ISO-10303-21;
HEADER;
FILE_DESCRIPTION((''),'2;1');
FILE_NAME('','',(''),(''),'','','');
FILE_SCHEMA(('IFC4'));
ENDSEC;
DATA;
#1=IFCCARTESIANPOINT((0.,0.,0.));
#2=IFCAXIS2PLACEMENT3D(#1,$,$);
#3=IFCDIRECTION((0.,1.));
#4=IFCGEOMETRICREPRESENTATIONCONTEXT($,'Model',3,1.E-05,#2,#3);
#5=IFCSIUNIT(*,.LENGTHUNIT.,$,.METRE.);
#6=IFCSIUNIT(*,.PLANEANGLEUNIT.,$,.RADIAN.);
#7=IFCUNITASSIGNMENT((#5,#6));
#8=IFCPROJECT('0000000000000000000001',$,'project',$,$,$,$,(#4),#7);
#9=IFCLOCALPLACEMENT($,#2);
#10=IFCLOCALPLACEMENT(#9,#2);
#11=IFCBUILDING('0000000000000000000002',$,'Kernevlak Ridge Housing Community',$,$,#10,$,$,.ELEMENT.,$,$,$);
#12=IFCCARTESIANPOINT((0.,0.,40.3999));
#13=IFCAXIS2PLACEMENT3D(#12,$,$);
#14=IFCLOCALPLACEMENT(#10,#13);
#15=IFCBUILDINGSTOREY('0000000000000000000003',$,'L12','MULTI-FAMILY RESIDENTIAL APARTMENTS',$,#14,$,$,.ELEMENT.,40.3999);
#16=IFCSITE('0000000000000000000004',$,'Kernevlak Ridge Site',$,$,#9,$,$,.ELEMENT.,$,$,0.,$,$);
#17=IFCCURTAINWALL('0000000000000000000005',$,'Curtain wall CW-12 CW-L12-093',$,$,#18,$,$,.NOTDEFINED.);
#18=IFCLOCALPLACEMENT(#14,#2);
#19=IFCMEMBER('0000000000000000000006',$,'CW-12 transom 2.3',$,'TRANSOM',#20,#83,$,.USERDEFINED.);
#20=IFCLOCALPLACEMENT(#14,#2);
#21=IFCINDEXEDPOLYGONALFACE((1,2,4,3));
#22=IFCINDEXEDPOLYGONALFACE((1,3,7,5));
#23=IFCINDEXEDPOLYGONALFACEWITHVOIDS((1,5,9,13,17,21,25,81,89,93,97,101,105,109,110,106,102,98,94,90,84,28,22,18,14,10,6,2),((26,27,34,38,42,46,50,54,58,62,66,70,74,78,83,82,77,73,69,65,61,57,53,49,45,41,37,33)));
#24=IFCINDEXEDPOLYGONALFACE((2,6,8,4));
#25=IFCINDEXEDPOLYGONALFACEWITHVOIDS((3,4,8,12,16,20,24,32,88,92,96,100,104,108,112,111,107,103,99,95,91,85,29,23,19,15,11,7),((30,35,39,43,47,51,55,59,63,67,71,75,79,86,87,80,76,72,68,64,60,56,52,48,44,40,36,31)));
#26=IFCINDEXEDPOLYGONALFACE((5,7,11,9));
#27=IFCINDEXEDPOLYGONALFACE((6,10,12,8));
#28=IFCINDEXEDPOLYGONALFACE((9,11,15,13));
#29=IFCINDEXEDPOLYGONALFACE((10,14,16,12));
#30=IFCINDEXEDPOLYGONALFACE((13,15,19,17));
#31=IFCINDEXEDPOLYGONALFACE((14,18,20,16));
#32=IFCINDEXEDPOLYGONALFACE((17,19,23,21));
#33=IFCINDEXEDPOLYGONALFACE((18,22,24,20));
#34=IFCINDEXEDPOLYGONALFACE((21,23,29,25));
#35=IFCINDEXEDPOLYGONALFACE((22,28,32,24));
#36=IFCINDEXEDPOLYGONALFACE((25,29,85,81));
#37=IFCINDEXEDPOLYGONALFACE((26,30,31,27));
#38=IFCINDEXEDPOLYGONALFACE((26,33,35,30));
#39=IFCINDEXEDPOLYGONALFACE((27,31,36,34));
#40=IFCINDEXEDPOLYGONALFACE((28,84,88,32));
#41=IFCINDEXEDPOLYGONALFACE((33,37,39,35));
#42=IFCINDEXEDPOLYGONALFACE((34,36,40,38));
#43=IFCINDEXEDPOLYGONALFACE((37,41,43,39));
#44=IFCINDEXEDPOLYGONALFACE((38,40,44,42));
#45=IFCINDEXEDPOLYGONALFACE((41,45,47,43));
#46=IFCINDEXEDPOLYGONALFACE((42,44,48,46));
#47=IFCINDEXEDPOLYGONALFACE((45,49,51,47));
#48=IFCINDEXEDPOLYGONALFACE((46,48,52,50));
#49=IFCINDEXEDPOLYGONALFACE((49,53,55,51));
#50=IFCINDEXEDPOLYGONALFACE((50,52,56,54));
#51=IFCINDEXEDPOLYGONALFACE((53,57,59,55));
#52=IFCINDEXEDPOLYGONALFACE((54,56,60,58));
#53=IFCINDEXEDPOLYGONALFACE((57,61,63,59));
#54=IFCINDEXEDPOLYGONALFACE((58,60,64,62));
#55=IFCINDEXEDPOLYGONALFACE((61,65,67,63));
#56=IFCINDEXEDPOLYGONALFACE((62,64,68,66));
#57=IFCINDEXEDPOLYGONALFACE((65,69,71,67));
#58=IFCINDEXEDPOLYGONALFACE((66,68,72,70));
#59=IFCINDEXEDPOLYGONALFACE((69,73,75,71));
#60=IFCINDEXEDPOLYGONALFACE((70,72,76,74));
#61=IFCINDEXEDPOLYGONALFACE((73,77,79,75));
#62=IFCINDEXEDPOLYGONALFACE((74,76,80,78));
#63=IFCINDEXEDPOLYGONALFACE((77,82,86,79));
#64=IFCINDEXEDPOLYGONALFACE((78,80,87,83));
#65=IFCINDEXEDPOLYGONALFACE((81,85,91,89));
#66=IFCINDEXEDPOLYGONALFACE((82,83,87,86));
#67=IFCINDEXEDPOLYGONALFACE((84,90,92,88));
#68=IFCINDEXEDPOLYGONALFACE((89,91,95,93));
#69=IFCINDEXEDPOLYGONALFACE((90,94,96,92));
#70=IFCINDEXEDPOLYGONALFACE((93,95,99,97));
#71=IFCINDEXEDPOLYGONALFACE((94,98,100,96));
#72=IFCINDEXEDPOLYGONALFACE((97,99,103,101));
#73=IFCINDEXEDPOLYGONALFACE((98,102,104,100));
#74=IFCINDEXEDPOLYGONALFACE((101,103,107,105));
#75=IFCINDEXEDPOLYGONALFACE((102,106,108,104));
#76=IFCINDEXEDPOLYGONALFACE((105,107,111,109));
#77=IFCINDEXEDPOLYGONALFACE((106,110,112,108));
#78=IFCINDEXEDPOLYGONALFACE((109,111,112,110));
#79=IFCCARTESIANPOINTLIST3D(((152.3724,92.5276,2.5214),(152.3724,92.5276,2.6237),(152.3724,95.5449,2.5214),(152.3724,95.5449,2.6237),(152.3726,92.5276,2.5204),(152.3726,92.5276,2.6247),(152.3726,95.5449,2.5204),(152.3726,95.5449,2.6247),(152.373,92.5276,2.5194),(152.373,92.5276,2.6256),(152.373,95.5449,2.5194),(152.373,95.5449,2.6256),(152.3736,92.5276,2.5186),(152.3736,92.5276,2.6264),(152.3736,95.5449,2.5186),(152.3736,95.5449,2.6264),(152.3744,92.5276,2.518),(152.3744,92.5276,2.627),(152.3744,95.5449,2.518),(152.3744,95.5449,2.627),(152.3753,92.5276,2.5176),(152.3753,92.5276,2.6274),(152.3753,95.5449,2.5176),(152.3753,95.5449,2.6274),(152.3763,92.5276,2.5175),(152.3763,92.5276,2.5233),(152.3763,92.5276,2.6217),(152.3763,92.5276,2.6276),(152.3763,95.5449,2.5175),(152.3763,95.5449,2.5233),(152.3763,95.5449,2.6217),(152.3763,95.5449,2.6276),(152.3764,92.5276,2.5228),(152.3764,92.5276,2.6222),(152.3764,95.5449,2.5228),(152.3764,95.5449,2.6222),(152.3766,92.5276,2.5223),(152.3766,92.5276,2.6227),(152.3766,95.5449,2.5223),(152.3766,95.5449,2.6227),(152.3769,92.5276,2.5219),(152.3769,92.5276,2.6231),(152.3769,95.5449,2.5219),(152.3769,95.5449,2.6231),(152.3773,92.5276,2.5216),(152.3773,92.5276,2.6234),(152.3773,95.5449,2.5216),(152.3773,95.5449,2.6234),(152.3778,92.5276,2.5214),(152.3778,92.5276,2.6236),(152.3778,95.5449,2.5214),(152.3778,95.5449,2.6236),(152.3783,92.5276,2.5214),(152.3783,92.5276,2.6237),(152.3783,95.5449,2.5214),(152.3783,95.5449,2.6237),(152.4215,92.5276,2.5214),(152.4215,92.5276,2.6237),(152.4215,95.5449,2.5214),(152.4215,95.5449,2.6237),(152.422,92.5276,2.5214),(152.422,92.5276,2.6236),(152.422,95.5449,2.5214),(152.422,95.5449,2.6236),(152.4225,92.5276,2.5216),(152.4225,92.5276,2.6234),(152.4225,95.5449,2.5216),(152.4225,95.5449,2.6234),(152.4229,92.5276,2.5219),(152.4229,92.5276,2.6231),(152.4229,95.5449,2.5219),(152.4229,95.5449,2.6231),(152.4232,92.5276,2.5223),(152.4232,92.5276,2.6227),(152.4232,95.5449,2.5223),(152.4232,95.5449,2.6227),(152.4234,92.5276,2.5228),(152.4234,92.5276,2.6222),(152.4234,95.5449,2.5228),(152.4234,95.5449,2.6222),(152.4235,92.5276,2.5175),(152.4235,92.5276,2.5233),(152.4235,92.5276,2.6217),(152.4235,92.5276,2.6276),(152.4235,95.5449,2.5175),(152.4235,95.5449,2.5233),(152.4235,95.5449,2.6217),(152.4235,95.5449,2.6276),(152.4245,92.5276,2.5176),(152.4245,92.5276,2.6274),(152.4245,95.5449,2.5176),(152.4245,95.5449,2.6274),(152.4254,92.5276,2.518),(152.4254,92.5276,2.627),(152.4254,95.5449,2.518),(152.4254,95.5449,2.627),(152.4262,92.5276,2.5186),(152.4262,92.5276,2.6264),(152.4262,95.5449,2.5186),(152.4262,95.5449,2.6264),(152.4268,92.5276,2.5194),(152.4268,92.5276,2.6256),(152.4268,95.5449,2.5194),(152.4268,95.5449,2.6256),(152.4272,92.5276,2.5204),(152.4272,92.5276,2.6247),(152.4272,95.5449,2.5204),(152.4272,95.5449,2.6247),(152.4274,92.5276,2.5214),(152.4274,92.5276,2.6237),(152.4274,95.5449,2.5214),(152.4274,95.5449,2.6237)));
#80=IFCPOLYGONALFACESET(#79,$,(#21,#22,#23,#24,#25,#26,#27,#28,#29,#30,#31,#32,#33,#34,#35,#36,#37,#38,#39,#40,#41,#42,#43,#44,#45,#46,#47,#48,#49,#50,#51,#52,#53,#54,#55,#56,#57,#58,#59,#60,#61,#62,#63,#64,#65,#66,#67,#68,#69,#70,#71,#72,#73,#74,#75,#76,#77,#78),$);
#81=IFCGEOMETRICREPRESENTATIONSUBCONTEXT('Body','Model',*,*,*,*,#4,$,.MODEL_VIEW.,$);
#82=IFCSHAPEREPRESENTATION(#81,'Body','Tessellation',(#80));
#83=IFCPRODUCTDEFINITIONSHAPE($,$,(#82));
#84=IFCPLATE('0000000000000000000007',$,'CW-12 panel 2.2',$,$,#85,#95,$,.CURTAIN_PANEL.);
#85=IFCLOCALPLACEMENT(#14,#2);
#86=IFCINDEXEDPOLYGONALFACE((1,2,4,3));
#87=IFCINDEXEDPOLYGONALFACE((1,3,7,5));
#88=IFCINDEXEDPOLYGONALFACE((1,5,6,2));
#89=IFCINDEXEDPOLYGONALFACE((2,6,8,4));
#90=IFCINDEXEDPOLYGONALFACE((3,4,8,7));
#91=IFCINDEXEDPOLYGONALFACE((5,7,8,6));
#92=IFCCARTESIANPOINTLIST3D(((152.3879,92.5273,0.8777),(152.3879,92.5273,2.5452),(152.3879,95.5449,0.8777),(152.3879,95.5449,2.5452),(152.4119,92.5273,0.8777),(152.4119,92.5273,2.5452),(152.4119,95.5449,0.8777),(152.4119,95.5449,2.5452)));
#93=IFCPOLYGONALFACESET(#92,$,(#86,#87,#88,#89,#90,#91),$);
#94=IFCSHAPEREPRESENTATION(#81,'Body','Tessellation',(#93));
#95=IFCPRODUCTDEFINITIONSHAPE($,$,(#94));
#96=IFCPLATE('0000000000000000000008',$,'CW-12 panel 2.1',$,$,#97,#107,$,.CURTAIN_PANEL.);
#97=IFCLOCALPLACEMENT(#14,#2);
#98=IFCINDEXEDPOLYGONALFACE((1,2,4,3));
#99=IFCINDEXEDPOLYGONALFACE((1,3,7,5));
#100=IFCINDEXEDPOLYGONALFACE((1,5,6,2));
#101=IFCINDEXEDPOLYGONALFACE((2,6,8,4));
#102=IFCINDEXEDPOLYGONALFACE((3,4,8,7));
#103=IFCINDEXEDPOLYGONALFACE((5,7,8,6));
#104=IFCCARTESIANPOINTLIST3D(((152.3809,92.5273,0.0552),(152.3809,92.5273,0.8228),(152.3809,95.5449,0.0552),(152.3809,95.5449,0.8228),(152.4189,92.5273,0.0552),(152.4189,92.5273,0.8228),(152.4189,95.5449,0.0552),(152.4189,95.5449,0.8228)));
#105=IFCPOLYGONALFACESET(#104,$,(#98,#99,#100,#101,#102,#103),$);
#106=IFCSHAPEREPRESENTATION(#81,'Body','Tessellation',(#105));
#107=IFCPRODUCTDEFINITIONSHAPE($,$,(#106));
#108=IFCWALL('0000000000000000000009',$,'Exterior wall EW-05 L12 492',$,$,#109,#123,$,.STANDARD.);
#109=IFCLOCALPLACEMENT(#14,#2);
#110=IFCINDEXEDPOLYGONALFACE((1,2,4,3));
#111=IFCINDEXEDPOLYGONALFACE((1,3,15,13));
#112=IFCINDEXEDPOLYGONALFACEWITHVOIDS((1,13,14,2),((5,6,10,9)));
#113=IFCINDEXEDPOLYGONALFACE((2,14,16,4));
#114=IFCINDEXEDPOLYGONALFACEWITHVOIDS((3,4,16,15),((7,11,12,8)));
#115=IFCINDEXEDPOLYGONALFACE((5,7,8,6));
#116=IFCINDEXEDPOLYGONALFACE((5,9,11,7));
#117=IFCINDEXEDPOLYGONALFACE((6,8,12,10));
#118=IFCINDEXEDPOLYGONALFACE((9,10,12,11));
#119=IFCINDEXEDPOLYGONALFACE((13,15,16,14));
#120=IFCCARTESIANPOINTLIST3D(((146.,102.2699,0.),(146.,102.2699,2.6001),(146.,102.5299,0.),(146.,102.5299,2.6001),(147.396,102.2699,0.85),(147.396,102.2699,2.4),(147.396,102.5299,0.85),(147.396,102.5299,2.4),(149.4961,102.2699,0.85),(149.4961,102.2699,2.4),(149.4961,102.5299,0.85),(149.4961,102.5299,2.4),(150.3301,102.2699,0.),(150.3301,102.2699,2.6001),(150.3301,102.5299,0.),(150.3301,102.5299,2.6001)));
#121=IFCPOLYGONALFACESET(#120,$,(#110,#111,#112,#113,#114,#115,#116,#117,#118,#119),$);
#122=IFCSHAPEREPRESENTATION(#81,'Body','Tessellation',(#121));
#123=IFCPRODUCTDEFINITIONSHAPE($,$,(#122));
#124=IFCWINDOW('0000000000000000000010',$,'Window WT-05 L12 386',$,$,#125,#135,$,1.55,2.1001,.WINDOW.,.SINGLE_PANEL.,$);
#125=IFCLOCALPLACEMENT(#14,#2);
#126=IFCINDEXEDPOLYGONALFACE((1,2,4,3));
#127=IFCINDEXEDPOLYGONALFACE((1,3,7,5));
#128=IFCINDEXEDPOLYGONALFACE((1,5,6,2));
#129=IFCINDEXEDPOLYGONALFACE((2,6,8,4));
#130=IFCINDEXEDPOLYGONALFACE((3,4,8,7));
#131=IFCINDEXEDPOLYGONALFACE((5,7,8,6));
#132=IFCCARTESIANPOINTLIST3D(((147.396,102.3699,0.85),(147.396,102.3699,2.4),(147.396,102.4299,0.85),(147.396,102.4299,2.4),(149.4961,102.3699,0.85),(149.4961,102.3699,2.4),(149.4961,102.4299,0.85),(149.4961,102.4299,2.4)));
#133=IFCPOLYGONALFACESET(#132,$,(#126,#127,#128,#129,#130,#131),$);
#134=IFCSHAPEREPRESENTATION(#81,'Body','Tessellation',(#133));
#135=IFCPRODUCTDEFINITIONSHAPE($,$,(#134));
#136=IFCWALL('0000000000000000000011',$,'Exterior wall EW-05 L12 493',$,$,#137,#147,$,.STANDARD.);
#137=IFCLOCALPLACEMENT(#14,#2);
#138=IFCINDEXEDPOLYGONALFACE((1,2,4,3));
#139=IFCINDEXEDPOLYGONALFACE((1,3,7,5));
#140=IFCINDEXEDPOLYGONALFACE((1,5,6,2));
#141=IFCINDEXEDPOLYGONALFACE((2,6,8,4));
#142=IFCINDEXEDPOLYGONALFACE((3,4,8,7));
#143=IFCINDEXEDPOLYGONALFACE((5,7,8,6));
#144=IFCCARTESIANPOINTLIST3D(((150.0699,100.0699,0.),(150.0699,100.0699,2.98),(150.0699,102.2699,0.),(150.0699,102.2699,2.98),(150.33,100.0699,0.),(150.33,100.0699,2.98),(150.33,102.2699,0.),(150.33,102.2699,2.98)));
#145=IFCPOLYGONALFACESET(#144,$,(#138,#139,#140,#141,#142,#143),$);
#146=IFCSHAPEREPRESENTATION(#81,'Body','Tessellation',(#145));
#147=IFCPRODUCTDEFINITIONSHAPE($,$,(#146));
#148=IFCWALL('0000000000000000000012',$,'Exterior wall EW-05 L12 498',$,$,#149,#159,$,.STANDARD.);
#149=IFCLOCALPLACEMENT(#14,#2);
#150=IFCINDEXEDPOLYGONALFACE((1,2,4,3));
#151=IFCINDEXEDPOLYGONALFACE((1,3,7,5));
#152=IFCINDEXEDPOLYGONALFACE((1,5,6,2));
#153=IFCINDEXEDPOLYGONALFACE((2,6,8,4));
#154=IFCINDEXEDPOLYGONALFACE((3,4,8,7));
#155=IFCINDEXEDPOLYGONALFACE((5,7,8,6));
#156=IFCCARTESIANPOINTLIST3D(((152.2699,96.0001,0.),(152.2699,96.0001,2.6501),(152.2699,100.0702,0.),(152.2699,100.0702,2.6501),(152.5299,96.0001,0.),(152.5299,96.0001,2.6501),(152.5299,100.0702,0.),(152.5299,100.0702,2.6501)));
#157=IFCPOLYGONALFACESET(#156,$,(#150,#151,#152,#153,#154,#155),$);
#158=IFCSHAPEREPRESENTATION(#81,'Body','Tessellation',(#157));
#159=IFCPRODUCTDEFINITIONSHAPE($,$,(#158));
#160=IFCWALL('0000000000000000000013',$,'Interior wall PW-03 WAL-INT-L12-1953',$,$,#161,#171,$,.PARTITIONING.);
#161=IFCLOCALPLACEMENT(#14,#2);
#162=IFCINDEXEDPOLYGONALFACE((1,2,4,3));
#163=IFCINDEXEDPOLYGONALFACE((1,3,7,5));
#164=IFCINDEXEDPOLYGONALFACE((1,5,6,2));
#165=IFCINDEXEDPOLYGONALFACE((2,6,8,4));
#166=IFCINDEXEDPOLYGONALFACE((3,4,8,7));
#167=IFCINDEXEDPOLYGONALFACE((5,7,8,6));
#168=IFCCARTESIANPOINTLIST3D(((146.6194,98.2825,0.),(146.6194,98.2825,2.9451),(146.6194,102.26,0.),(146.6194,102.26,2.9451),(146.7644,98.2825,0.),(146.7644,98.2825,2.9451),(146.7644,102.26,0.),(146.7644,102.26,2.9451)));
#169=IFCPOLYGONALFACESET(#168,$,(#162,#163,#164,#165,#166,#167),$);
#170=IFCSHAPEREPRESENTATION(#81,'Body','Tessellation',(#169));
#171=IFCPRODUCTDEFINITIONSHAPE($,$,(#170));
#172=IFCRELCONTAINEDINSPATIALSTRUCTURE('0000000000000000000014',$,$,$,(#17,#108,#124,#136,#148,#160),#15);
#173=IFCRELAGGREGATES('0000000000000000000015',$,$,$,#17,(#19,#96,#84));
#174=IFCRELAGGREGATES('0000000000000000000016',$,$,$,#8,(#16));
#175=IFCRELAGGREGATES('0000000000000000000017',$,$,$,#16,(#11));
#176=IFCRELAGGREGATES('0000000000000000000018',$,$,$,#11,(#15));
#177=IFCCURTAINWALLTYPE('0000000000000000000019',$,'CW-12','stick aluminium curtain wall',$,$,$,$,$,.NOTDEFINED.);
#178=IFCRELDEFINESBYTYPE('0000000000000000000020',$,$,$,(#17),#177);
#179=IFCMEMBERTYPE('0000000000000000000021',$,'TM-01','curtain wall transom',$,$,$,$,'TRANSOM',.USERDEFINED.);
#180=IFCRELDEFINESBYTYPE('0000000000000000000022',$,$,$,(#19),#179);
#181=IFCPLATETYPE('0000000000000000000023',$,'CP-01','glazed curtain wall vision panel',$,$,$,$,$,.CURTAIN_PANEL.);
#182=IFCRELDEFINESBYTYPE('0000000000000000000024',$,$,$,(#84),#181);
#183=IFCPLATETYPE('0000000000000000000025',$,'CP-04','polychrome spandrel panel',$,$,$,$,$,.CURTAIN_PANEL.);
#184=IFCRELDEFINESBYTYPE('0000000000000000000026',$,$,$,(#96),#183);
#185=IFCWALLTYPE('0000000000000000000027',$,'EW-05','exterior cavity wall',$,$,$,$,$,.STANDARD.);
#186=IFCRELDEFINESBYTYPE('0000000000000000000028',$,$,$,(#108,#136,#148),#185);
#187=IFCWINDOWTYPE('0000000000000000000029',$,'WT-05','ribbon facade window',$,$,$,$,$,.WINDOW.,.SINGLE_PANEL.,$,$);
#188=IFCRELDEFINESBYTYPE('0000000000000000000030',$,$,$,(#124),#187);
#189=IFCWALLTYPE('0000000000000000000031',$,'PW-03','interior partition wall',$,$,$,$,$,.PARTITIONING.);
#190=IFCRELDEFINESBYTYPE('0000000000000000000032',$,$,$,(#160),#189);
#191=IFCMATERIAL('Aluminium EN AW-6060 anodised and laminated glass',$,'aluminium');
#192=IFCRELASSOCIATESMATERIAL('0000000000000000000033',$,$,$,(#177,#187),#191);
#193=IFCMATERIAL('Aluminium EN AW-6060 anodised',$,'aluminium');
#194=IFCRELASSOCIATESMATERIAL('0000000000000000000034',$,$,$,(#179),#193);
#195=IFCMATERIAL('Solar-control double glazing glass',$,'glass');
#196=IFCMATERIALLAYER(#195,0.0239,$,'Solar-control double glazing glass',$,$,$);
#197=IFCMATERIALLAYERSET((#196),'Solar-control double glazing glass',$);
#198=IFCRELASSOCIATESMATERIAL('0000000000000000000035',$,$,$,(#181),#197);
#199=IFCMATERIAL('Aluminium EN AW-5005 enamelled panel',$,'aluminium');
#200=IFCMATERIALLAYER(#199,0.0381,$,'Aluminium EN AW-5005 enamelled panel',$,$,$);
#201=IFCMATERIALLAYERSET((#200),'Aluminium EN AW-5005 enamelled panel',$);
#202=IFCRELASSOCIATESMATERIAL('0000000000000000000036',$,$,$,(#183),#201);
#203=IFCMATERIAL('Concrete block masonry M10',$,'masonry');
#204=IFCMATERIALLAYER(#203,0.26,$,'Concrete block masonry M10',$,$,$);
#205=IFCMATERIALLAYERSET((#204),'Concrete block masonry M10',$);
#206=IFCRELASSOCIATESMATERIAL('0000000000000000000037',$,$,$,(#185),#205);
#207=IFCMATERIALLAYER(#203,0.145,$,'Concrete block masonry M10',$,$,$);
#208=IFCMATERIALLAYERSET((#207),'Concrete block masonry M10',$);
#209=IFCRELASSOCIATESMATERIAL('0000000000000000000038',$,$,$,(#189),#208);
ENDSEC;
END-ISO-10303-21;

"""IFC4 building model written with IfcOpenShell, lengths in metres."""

from ifc_helpers import new_model, si_unit, direction, frame, frame_2d, origin, origin_2d, place, context, subcontext, project, spatial, rectangle, hollow_rectangle, extrude, material, layer, layer_set, material_profile, profile_set, type_object, element, fill, aggregate, save


model = new_model("IFC4")

# Units and contexts
model_context = context("Model", 3, precision=1e-05, world=origin(), true_north=direction((0.0, 1.0)))
body_context = subcontext(model_context, "Body", "Model", "MODEL_VIEW")
ifc_project = project(units=[si_unit("LENGTHUNIT", "METRE"), si_unit("PLANEANGLEUNIT", "RADIAN")], contexts=[model_context])

# Site, building, storey
site_placement = place(None, origin())
site = spatial("IfcSite", under=ifc_project, at=site_placement, Name="Kernevlak Ridge Site", CompositionType="ELEMENT", RefElevation=0.0)
building_placement = place(site_placement, origin())
building = spatial("IfcBuilding", under=site, at=building_placement, Name="Kernevlak Ridge Housing Community", CompositionType="ELEMENT")
storey_placement = place(building_placement, frame((0.0, 0.0, 40.3999)))
storey = spatial("IfcBuildingStorey", under=building, at=storey_placement, Name="L12", Description="MULTI-FAMILY RESIDENTIAL APARTMENTS", CompositionType="ELEMENT", Elevation=40.3999)

# Curtain wall
ifc_material_1 = material(Name="Aluminium EN AW-6060 anodised and laminated glass", Category="aluminium")
curtain_wall_type = type_object("IfcCurtainWallType", Name="CW-12", Description="stick aluminium curtain wall", PredefinedType="NOTDEFINED", material=ifc_material_1)
curtain_wall_placement = place(storey_placement, origin())
curtain_wall = element("IfcCurtainWall", 1, at=curtain_wall_placement, inside=storey, type_object=curtain_wall_type, Name="Curtain wall CW-12 CW-L12-093", PredefinedType="NOTDEFINED")
ifc_material_2 = material(Name="Aluminium EN AW-6060 anodised", Category="aluminium")

# Member
ifc_material_profile_1 = material_profile(ifc_material_2, hollow_rectangle(XDim=0.0549, YDim=0.1101, WallThickness=0.0039, InnerFilletRadius=0.002, OuterFilletRadius=0.0039, at=origin_2d()), Name="ALU 55x110x4")
ifc_profile_set_1 = profile_set([ifc_material_profile_1], Name="Aluminium EN AW-6060 anodised")
member_type_1 = type_object("IfcMemberType", Name="TM-01", Description="curtain wall transom", ElementType="TRANSOM", PredefinedType="USERDEFINED", material=ifc_profile_set_1)
member_1_placement = place(storey_placement, frame((152.3999, 92.5276, 2.5725), z_axis=(0.0, 1.0, 0.0), x_axis=(-1.0, 0.0, 0.0)))
member_1 = element("IfcMember", 2, at=member_1_placement, type_object=member_type_1, Name="CW-12 transom 2.3", ObjectType="TRANSOM", PredefinedType="USERDEFINED", context=body_context, shape_type="SweptSolid", body=[
    extrude(hollow_rectangle(XDim=0.0549, YDim=0.1101, WallThickness=0.0039, InnerFilletRadius=0.002, OuterFilletRadius=0.0039, at=origin_2d()), origin(), (0.0, 0.0, 1.0), 3.0173),
])

# Plates
ifc_material_3 = material(Name="Solar-control double glazing glass", Category="glass")
ifc_layer_1 = layer(ifc_material_3, 0.0239, Name="Solar-control double glazing glass")
ifc_layer_set_1 = layer_set([ifc_layer_1], Name="Solar-control double glazing glass")
plate_type_1 = type_object("IfcPlateType", Name="CP-01", Description="glazed curtain wall vision panel", PredefinedType="CURTAIN_PANEL", material=ifc_layer_set_1)
plate_1_placement = place(storey_placement, frame((152.3999, 94.0361, 0.8777), z_axis=(0.0, 0.0, 1.0), x_axis=(0.0, 1.0, 0.0)))
plate_1 = element("IfcPlate", 3, at=plate_1_placement, type_object=plate_type_1, Name="CW-12 panel 2.2", PredefinedType="CURTAIN_PANEL", context=body_context, shape_type="SweptSolid", body=[
    extrude(rectangle(XDim=3.0176, YDim=0.0239, at=origin_2d()), origin(), (0.0, 0.0, 1.0), 1.6675),
])
ifc_material_4 = material(Name="Aluminium EN AW-5005 enamelled panel", Category="aluminium")
ifc_layer_2 = layer(ifc_material_4, 0.0381, Name="Aluminium EN AW-5005 enamelled panel")
ifc_layer_set_2 = layer_set([ifc_layer_2], Name="Aluminium EN AW-5005 enamelled panel")
plate_type_2 = type_object("IfcPlateType", Name="CP-04", Description="polychrome spandrel panel", PredefinedType="CURTAIN_PANEL", material=ifc_layer_set_2)
plate_2_placement = place(storey_placement, frame((152.3999, 94.0361, 0.0552), z_axis=(0.0, 0.0, 1.0), x_axis=(0.0, 1.0, 0.0)))
plate_2 = element("IfcPlate", 4, at=plate_2_placement, type_object=plate_type_2, Name="CW-12 panel 2.1", PredefinedType="CURTAIN_PANEL", context=body_context, shape_type="SweptSolid", body=[
    extrude(rectangle(XDim=3.0176, YDim=0.0381, at=origin_2d()), origin(), (0.0, 0.0, 1.0), 0.7676),
])
aggregate(curtain_wall, [member_1, plate_2, plate_1])

# Wall, opening, window
ifc_material_5 = material(Name="Concrete block masonry M10", Category="masonry")
ifc_layer_3 = layer(ifc_material_5, 0.26, Name="Concrete block masonry M10")
ifc_layer_set_3 = layer_set([ifc_layer_3], Name="Concrete block masonry M10")
wall_type_1 = type_object("IfcWallType", Name="EW-05", Description="exterior cavity wall", PredefinedType="STANDARD", material=ifc_layer_set_3)
wall_1_placement = place(storey_placement, frame((146.0, 102.3999, 0.0), z_axis=(0.0, 0.0, 1.0), x_axis=(1.0, 0.0, 0.0)))
wall_1 = element("IfcWall", 5, at=wall_1_placement, inside=storey, type_object=wall_type_1, Name="Exterior wall EW-05 L12 492", PredefinedType="STANDARD", context=body_context, shape_type="SweptSolid", body=[
    extrude(rectangle(XDim=4.3301, YDim=0.26, at=frame_2d((2.165, 0.0))), origin(), (0.0, 0.0, 1.0), 2.6001),
])
opening_1_placement = place(wall_1_placement, frame((1.396, 0.0, 0.8501)))
opening_1 = element("IfcOpeningElement", 6, at=opening_1_placement, cuts=wall_1, PredefinedType="OPENING", context=body_context, shape_type="SweptSolid", body=[
    extrude(rectangle(XDim=2.1001, YDim=1.55, at=frame_2d((1.05, 0.7749))), frame((0.0, 0.1399, 0.0), z_axis=(0.0, -1.0, 0.0), x_axis=(1.0, 0.0, 0.0)), (0.0, 0.0, 1.0), 0.28),
])
window_type = type_object("IfcWindowType", Name="WT-05", Description="ribbon facade window", PartitioningType="SINGLE_PANEL", PredefinedType="WINDOW", material=ifc_material_1)
window_placement = place(opening_1_placement, origin())
window = element("IfcWindow", 7, at=window_placement, inside=storey, type_object=window_type, Name="Window WT-05 L12 386", OverallHeight=1.55, OverallWidth=2.1001, PartitioningType="SINGLE_PANEL", PredefinedType="WINDOW", context=body_context, shape_type="SweptSolid", body=[
    extrude(rectangle(XDim=2.1001, YDim=1.55, at=frame_2d((1.05, 0.7749))), frame((0.0, 0.03, 0.0), z_axis=(0.0, -1.0, 0.0), x_axis=(1.0, 0.0, 0.0)), (0.0, 0.0, 1.0), 0.0601),
])
fill(opening_1, window)

# Wall
wall_2_placement = place(storey_placement, frame((150.2, 102.27, 0.0), z_axis=(0.0, 0.0, 1.0), x_axis=(0.0, -1.0, 0.0)))
element("IfcWall", 8, at=wall_2_placement, inside=storey, type_object=wall_type_1, Name="Exterior wall EW-05 L12 493", PredefinedType="STANDARD", context=body_context, shape_type="SweptSolid", body=[
    extrude(rectangle(XDim=2.2, YDim=0.26, at=frame_2d((1.1001, 0.0))), origin(), (0.0, 0.0, 1.0), 2.98),
])

# Walls
wall_3_placement = place(storey_placement, frame((152.3999, 96.0, 0.0), z_axis=(0.0, 0.0, 1.0), x_axis=(0.0, 1.0, 0.0)))
element("IfcWall", 9, at=wall_3_placement, inside=storey, type_object=wall_type_1, Name="Exterior wall EW-05 L12 498", PredefinedType="STANDARD", context=body_context, shape_type="SweptSolid", body=[
    extrude(rectangle(XDim=4.0701, YDim=0.26, at=frame_2d((2.0352, 0.0))), origin(), (0.0, 0.0, 1.0), 2.6501),
])
ifc_layer_4 = layer(ifc_material_5, 0.145, Name="Concrete block masonry M10")
ifc_layer_set_4 = layer_set([ifc_layer_4], Name="Concrete block masonry M10")
wall_type_2 = type_object("IfcWallType", Name="PW-03", Description="interior partition wall", PredefinedType="PARTITIONING", material=ifc_layer_set_4)
wall_4_placement = place(storey_placement, frame((146.6919, 98.2825, 0.0), z_axis=(0.0, 0.0, 1.0), x_axis=(0.0, 1.0, 0.0)))
element("IfcWall", 10, at=wall_4_placement, inside=storey, type_object=wall_type_2, Name="Interior wall PW-03 WAL-INT-L12-1953", PredefinedType="PARTITIONING", context=body_context, shape_type="SweptSolid", body=[
    extrude(rectangle(XDim=3.9775, YDim=0.145, at=frame_2d((1.9888, 0.0))), origin(), (0.0, 0.0, 1.0), 2.9451),
])

save(model, "model.ifc")
